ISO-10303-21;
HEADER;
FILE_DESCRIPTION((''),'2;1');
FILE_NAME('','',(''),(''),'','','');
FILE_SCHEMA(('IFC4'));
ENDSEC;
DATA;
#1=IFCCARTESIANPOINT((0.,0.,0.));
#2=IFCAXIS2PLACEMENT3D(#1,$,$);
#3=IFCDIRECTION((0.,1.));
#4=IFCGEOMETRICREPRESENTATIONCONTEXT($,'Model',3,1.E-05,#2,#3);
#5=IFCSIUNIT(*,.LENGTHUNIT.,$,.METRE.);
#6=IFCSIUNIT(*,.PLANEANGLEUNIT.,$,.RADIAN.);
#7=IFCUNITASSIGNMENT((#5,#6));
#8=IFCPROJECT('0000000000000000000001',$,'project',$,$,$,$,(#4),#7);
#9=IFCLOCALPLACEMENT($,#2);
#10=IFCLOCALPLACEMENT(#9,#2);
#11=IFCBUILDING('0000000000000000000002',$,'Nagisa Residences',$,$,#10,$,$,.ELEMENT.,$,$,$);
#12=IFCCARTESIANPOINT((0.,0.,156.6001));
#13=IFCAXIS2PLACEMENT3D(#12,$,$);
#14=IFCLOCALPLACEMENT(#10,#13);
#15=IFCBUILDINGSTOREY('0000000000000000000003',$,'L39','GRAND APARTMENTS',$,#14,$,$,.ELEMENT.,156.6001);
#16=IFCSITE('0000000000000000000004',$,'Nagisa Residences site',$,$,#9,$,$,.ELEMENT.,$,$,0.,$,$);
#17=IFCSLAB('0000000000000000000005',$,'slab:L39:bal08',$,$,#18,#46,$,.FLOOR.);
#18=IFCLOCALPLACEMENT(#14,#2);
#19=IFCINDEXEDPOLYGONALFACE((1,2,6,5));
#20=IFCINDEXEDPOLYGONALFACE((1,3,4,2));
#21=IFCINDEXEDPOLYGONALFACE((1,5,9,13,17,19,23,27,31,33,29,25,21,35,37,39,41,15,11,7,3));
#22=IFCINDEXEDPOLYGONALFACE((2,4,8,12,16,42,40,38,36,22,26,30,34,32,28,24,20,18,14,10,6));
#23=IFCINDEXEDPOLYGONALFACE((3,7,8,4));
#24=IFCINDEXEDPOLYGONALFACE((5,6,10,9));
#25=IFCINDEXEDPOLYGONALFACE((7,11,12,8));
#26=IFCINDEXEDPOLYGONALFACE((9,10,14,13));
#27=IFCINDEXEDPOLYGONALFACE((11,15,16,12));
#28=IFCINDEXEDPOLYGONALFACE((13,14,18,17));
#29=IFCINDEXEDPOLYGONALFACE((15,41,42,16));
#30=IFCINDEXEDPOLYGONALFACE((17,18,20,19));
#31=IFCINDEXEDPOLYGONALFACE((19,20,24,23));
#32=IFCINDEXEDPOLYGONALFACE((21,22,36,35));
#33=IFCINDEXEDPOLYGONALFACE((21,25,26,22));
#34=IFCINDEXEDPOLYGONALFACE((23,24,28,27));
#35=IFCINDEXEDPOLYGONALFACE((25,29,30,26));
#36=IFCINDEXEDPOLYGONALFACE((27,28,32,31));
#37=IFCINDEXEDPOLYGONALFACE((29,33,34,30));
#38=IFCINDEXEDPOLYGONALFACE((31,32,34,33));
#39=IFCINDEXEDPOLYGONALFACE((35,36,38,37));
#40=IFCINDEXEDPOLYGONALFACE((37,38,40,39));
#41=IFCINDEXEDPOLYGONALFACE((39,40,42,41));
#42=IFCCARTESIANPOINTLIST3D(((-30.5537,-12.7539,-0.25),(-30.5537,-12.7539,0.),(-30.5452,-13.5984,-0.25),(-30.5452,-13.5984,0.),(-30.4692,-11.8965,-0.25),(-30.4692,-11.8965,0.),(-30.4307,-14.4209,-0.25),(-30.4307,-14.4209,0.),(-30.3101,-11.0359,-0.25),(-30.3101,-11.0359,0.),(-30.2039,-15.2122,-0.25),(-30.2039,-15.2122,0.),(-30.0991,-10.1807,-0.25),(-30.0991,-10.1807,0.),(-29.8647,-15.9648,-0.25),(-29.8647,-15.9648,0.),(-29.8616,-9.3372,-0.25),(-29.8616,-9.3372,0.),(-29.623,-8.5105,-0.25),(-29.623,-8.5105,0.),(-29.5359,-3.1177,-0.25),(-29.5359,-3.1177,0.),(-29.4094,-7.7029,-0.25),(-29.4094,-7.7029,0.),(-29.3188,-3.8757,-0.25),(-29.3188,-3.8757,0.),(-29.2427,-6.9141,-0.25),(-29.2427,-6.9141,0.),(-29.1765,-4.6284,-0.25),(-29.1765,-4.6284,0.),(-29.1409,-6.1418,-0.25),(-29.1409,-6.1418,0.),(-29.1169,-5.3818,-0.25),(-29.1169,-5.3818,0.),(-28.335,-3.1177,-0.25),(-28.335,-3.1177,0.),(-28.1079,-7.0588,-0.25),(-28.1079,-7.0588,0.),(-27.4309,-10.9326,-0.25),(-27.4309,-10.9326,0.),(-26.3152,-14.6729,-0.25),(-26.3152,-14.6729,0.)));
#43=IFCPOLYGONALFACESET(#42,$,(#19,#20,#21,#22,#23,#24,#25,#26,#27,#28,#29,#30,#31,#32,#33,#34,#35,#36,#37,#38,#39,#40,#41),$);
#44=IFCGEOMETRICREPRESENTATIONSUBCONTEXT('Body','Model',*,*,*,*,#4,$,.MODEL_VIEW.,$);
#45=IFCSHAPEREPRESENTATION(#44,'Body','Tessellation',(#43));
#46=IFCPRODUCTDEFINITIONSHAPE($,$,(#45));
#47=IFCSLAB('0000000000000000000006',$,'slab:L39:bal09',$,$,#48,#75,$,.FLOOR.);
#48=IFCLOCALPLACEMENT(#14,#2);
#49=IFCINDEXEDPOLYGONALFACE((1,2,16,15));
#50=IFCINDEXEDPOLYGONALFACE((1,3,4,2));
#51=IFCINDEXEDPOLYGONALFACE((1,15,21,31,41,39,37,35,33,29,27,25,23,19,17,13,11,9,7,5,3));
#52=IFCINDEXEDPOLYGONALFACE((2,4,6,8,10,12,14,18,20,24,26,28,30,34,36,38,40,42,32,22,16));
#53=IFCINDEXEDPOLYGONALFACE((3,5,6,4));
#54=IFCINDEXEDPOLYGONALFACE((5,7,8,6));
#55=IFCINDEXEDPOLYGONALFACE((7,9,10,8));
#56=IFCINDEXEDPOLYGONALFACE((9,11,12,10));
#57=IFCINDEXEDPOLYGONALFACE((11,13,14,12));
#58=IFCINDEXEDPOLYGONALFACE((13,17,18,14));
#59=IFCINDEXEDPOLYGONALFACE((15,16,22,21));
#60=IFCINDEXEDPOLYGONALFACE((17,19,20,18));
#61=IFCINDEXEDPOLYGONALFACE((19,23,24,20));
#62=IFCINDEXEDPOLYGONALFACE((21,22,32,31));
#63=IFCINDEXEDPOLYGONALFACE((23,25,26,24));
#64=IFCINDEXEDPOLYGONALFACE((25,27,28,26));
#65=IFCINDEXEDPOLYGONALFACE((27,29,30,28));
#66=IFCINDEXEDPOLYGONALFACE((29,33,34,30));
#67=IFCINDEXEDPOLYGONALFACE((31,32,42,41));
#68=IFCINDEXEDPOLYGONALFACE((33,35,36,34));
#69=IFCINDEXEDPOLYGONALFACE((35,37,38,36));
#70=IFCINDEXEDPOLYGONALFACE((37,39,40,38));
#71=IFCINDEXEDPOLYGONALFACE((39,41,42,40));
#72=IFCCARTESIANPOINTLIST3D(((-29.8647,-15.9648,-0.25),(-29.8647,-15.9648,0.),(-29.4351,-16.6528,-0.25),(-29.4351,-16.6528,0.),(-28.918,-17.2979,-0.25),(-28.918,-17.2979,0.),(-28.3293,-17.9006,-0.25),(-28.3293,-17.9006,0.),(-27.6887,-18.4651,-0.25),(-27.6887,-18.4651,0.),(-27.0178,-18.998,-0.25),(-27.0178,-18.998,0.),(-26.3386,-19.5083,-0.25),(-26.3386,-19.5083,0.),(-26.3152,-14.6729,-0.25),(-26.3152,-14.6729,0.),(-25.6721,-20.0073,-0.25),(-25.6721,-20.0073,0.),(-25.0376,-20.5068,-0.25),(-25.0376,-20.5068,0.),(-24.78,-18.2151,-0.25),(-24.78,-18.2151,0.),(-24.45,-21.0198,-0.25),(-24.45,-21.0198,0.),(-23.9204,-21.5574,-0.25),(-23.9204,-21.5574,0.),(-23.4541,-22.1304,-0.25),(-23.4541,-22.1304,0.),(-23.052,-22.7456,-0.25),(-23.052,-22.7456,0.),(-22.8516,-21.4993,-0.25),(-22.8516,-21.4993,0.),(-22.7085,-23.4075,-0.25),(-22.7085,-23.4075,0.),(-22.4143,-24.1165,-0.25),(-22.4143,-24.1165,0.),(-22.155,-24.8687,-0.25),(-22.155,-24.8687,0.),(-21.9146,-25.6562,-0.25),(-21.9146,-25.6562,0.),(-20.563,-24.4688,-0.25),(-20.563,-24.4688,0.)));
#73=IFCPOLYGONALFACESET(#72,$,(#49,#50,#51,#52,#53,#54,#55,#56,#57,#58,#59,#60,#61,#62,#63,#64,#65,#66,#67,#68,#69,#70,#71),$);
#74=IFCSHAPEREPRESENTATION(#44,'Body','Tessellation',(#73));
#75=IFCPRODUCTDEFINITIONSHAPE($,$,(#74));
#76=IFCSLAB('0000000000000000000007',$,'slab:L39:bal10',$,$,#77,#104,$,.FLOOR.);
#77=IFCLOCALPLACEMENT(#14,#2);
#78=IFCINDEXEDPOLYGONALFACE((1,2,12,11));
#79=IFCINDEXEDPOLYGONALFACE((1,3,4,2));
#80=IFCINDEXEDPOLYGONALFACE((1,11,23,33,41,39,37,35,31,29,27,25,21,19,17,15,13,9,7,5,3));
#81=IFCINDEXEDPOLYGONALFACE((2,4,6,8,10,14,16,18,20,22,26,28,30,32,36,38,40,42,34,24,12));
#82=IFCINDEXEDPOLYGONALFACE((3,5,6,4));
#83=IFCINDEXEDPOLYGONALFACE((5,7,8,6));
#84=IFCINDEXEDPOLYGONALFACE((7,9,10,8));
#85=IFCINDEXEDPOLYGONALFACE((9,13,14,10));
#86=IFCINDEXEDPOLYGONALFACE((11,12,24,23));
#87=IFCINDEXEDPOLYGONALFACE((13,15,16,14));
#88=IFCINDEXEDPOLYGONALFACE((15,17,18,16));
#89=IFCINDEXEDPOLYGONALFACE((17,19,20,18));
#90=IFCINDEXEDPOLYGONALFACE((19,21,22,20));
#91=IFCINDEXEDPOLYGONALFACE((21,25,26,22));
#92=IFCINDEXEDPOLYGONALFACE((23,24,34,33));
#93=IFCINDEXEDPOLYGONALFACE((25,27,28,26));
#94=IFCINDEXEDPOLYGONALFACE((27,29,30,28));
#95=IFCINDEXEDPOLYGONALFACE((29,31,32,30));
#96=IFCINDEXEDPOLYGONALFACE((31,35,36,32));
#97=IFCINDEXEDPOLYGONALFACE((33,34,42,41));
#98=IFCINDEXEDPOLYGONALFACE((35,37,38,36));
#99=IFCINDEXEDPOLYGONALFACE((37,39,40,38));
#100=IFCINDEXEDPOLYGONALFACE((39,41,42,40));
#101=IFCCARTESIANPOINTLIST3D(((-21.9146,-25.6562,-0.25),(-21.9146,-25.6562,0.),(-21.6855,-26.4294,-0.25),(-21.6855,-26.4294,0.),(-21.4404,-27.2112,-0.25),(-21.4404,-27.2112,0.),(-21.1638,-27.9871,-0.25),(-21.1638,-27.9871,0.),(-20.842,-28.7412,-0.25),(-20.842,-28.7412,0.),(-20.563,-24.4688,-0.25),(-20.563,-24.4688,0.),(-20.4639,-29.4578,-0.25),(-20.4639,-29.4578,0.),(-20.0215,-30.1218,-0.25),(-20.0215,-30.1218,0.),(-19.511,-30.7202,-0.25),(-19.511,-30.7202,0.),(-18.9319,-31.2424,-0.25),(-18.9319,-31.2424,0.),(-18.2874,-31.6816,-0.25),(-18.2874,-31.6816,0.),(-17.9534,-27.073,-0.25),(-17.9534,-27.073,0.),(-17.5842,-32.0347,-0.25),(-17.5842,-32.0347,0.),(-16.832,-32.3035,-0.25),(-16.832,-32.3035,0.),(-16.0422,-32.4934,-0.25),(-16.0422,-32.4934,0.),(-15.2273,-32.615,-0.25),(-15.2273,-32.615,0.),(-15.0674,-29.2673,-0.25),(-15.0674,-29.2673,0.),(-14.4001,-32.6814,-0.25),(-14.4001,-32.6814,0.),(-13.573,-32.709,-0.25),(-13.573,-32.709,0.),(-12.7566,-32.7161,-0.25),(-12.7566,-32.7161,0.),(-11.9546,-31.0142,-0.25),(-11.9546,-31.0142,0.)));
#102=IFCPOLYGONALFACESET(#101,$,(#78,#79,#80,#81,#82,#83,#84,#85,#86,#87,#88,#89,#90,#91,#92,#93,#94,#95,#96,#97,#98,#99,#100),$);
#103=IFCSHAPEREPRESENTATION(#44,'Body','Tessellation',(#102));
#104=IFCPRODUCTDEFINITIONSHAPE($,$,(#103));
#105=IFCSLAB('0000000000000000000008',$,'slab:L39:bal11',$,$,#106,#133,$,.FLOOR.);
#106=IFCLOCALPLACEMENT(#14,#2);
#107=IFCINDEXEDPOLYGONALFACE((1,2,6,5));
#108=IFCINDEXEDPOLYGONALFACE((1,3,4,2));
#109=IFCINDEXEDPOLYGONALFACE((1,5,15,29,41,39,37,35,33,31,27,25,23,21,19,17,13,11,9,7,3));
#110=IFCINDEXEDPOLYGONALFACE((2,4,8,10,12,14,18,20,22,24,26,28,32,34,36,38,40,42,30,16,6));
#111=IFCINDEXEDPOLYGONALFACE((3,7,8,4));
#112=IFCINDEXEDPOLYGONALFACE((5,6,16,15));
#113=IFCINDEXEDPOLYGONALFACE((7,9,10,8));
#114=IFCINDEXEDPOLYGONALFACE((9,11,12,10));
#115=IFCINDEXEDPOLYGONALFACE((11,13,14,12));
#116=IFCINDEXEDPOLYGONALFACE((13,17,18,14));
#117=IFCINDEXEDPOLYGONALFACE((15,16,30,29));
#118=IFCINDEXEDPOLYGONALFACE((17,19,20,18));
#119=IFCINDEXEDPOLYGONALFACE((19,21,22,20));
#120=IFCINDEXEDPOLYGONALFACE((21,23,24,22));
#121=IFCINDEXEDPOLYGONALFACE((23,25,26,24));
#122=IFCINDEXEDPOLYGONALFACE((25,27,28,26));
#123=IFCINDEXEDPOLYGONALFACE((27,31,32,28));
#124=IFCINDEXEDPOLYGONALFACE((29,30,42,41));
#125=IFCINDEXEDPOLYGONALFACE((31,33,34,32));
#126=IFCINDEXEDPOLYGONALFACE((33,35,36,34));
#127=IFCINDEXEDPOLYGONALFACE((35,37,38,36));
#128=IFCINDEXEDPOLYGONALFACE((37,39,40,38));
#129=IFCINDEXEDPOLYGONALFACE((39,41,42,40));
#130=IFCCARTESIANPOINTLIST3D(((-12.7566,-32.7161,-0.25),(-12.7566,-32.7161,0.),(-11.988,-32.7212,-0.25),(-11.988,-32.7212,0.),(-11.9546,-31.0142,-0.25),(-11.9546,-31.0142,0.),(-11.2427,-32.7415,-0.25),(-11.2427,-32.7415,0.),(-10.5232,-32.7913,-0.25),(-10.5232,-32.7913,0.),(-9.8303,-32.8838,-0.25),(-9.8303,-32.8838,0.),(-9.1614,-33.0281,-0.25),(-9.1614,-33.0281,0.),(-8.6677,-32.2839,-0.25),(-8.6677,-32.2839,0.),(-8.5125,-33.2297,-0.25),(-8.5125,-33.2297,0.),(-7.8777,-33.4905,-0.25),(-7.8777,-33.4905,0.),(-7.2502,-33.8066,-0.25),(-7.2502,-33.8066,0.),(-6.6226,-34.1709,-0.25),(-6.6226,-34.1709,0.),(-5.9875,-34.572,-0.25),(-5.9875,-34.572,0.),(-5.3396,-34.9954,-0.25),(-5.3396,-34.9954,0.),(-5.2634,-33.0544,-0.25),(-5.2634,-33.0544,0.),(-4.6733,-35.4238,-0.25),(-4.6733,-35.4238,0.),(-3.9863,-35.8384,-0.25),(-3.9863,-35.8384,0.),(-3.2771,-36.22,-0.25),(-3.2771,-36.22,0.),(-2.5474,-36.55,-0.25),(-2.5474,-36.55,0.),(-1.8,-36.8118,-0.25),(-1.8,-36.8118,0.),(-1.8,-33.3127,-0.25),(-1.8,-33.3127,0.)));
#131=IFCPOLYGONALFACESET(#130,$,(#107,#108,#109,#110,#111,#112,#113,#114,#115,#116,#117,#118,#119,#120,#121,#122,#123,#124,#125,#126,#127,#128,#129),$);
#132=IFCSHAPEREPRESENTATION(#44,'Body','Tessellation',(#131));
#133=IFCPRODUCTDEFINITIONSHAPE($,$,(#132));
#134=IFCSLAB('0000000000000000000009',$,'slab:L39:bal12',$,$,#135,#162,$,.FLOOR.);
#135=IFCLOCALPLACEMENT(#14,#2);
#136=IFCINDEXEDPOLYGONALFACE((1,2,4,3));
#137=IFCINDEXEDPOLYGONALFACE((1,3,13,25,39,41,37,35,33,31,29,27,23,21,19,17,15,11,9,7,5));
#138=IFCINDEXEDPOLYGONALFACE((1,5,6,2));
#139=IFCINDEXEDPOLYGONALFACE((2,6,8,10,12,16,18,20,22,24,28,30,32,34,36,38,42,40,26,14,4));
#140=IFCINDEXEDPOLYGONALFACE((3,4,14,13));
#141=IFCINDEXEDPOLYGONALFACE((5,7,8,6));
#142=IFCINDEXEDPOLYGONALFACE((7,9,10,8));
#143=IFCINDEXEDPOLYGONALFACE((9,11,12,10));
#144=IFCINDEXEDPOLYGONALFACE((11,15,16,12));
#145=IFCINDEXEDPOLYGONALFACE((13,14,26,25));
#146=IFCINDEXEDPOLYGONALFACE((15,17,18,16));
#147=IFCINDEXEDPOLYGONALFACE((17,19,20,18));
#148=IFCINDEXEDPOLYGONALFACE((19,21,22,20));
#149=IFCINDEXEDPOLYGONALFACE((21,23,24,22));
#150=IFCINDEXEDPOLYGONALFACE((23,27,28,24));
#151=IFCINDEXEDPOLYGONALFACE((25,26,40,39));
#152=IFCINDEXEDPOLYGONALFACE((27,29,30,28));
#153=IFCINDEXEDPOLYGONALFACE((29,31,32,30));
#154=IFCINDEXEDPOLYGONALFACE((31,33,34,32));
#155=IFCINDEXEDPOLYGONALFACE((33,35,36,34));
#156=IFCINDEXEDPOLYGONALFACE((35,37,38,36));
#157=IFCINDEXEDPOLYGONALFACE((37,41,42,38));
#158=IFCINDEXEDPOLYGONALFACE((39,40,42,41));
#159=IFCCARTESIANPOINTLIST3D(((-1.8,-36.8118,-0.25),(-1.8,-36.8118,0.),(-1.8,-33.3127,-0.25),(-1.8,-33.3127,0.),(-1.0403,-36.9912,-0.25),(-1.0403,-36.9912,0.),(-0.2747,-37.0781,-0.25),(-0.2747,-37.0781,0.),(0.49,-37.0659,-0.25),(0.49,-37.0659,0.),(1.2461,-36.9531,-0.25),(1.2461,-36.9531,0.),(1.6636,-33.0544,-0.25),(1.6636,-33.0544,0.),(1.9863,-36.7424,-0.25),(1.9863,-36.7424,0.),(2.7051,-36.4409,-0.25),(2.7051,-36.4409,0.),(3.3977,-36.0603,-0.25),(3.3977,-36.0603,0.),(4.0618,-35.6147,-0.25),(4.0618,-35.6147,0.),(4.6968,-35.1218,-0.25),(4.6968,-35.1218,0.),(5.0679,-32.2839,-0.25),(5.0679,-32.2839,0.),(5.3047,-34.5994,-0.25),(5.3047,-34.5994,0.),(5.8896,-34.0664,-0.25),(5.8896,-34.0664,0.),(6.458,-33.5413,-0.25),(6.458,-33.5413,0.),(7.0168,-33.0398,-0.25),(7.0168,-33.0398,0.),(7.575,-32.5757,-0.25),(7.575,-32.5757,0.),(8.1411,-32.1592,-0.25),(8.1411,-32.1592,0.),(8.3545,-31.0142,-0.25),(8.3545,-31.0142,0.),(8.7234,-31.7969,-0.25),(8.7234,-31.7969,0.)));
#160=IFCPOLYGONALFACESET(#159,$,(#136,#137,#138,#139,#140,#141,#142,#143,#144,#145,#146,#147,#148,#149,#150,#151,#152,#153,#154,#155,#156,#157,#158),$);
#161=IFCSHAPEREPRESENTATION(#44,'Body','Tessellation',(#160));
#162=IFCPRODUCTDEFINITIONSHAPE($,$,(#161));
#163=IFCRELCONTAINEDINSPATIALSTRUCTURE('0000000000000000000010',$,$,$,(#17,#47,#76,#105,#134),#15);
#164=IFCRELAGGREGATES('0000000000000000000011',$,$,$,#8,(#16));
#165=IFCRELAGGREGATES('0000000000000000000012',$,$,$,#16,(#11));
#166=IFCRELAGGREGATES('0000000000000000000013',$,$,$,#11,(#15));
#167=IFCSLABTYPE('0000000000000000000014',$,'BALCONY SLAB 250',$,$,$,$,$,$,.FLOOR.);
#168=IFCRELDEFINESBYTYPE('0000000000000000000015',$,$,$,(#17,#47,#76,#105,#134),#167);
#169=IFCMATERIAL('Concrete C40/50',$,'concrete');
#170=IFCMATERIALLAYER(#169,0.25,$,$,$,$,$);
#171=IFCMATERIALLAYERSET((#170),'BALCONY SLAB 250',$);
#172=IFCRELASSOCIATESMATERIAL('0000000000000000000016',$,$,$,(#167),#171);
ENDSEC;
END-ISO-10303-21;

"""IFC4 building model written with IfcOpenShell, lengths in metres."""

from ifc_helpers import new_model, si_unit, direction, frame, origin, place, context, subcontext, project, spatial, polyline, outline, extrude, material, layer, layer_set, type_object, element, save


model = new_model("IFC4")

# Units and contexts
model_context = context("Model", 3, precision=1e-05, world=origin(), true_north=direction((0.0, 1.0)))
body_context = subcontext(model_context, "Body", "Model", "MODEL_VIEW")
ifc_project = project(units=[si_unit("LENGTHUNIT", "METRE"), si_unit("PLANEANGLEUNIT", "RADIAN")], contexts=[model_context])

# Site, building, storey
site_placement = place(None, origin())
site = spatial("IfcSite", under=ifc_project, at=site_placement, Name="Nagisa Residences site", CompositionType="ELEMENT", RefElevation=0.0)
building_placement = place(site_placement, origin())
building = spatial("IfcBuilding", under=site, at=building_placement, Name="Nagisa Residences", CompositionType="ELEMENT")
storey_placement = place(building_placement, frame((0.0, 0.0, 156.6001)))
storey = spatial("IfcBuildingStorey", under=building, at=storey_placement, Name="L39", Description="GRAND APARTMENTS", CompositionType="ELEMENT", Elevation=156.6001)

# Slabs
ifc_material_1 = material(Name="Concrete C40/50", Category="concrete")
ifc_layer_1 = layer(ifc_material_1, 0.25)
ifc_layer_set_1 = layer_set([ifc_layer_1], Name="BALCONY SLAB 250")
slab_type = type_object("IfcSlabType", Name="BALCONY SLAB 250", PredefinedType="FLOOR", material=ifc_layer_set_1)
slab_1_placement = place(storey_placement, frame((0.0, 0.0, -0.25)))
element("IfcSlab", 1, at=slab_1_placement, inside=storey, type_object=slab_type, Name="slab:L39:bal08", PredefinedType="FLOOR", context=body_context, shape_type="SweptSolid", body=[
    extrude(outline(polyline([(-29.5359, -3.1177), (-29.3188, -3.8757), (-29.1765, -4.6284), (-29.1169, -5.3818), (-29.1409, -6.1418), (-29.2427, -6.9141), (-29.4094, -7.7029), (-29.623, -8.5105), (-29.8616, -9.3372), (-30.0991, -10.1807), (-30.3101, -11.0359), (-30.4692, -11.8965), (-30.5537, -12.7539), (-30.5452, -13.5984), (-30.4307, -14.4209), (-30.2039, -15.2122), (-29.8647, -15.9648), (-26.3152, -14.6729), (-27.4309, -10.9326), (-28.1079, -7.0588), (-28.335, -3.1177), (-29.5359, -3.1177)])), origin(), (0.0, 0.0, 1.0), 0.25),
])
slab_2_placement = place(storey_placement, frame((0.0, 0.0, -0.25)))
element("IfcSlab", 2, at=slab_2_placement, inside=storey, type_object=slab_type, Name="slab:L39:bal09", PredefinedType="FLOOR", context=body_context, shape_type="SweptSolid", body=[
    extrude(outline(polyline([(-29.8647, -15.9648), (-29.4351, -16.6528), (-28.918, -17.2979), (-28.3293, -17.9006), (-27.6887, -18.4651), (-27.0178, -18.998), (-26.3386, -19.5083), (-25.6721, -20.0073), (-25.0376, -20.5068), (-24.45, -21.0198), (-23.9204, -21.5574), (-23.4541, -22.1304), (-23.052, -22.7456), (-22.7085, -23.4075), (-22.4143, -24.1165), (-22.155, -24.8687), (-21.9146, -25.6562), (-20.563, -24.4688), (-22.8516, -21.4993), (-24.78, -18.2151), (-26.3152, -14.6729), (-29.8647, -15.9648)])), origin(), (0.0, 0.0, 1.0), 0.25),
])
slab_3_placement = place(storey_placement, frame((0.0, 0.0, -0.25)))
element("IfcSlab", 3, at=slab_3_placement, inside=storey, type_object=slab_type, Name="slab:L39:bal10", PredefinedType="FLOOR", context=body_context, shape_type="SweptSolid", body=[
    extrude(outline(polyline([(-21.9146, -25.6562), (-21.6855, -26.4294), (-21.4404, -27.2112), (-21.1638, -27.9871), (-20.842, -28.7412), (-20.4639, -29.4578), (-20.0215, -30.1218), (-19.511, -30.7202), (-18.9319, -31.2424), (-18.2874, -31.6816), (-17.5842, -32.0347), (-16.832, -32.3035), (-16.0422, -32.4934), (-15.2273, -32.615), (-14.4001, -32.6814), (-13.573, -32.709), (-12.7566, -32.7161), (-11.9546, -31.0142), (-15.0674, -29.2673), (-17.9534, -27.073), (-20.563, -24.4688), (-21.9146, -25.6562)])), origin(), (0.0, 0.0, 1.0), 0.25),
])
slab_4_placement = place(storey_placement, frame((0.0, 0.0, -0.25)))
element("IfcSlab", 4, at=slab_4_placement, inside=storey, type_object=slab_type, Name="slab:L39:bal11", PredefinedType="FLOOR", context=body_context, shape_type="SweptSolid", body=[
    extrude(outline(polyline([(-12.7566, -32.7161), (-11.988, -32.7212), (-11.2427, -32.7415), (-10.5232, -32.7913), (-9.8303, -32.8838), (-9.1614, -33.0281), (-8.5125, -33.2297), (-7.8777, -33.4905), (-7.2502, -33.8066), (-6.6226, -34.1709), (-5.9875, -34.572), (-5.3396, -34.9954), (-4.6733, -35.4238), (-3.9863, -35.8384), (-3.2771, -36.22), (-2.5474, -36.55), (-1.8, -36.8118), (-1.8, -33.3127), (-5.2634, -33.0544), (-8.6677, -32.2839), (-11.9546, -31.0142), (-12.7566, -32.7161)])), origin(), (0.0, 0.0, 1.0), 0.25),
])
slab_5_placement = place(storey_placement, frame((0.0, 0.0, -0.25)))
element("IfcSlab", 5, at=slab_5_placement, inside=storey, type_object=slab_type, Name="slab:L39:bal12", PredefinedType="FLOOR", context=body_context, shape_type="SweptSolid", body=[
    extrude(outline(polyline([(-1.8, -36.8118), (-1.0403, -36.9912), (-0.2747, -37.0781), (0.49, -37.0659), (1.2461, -36.9531), (1.9863, -36.7424), (2.7051, -36.4409), (3.3977, -36.0603), (4.0618, -35.6147), (4.6968, -35.1218), (5.3047, -34.5994), (5.8896, -34.0664), (6.458, -33.5413), (7.0168, -33.0398), (7.575, -32.5757), (8.1411, -32.1592), (8.7234, -31.7969), (8.3545, -31.0142), (5.0679, -32.2839), (1.6636, -33.0544), (-1.8, -33.3127), (-1.8, -36.8118)])), origin(), (0.0, 0.0, 1.0), 0.25),
])

save(model, "model.ifc")
